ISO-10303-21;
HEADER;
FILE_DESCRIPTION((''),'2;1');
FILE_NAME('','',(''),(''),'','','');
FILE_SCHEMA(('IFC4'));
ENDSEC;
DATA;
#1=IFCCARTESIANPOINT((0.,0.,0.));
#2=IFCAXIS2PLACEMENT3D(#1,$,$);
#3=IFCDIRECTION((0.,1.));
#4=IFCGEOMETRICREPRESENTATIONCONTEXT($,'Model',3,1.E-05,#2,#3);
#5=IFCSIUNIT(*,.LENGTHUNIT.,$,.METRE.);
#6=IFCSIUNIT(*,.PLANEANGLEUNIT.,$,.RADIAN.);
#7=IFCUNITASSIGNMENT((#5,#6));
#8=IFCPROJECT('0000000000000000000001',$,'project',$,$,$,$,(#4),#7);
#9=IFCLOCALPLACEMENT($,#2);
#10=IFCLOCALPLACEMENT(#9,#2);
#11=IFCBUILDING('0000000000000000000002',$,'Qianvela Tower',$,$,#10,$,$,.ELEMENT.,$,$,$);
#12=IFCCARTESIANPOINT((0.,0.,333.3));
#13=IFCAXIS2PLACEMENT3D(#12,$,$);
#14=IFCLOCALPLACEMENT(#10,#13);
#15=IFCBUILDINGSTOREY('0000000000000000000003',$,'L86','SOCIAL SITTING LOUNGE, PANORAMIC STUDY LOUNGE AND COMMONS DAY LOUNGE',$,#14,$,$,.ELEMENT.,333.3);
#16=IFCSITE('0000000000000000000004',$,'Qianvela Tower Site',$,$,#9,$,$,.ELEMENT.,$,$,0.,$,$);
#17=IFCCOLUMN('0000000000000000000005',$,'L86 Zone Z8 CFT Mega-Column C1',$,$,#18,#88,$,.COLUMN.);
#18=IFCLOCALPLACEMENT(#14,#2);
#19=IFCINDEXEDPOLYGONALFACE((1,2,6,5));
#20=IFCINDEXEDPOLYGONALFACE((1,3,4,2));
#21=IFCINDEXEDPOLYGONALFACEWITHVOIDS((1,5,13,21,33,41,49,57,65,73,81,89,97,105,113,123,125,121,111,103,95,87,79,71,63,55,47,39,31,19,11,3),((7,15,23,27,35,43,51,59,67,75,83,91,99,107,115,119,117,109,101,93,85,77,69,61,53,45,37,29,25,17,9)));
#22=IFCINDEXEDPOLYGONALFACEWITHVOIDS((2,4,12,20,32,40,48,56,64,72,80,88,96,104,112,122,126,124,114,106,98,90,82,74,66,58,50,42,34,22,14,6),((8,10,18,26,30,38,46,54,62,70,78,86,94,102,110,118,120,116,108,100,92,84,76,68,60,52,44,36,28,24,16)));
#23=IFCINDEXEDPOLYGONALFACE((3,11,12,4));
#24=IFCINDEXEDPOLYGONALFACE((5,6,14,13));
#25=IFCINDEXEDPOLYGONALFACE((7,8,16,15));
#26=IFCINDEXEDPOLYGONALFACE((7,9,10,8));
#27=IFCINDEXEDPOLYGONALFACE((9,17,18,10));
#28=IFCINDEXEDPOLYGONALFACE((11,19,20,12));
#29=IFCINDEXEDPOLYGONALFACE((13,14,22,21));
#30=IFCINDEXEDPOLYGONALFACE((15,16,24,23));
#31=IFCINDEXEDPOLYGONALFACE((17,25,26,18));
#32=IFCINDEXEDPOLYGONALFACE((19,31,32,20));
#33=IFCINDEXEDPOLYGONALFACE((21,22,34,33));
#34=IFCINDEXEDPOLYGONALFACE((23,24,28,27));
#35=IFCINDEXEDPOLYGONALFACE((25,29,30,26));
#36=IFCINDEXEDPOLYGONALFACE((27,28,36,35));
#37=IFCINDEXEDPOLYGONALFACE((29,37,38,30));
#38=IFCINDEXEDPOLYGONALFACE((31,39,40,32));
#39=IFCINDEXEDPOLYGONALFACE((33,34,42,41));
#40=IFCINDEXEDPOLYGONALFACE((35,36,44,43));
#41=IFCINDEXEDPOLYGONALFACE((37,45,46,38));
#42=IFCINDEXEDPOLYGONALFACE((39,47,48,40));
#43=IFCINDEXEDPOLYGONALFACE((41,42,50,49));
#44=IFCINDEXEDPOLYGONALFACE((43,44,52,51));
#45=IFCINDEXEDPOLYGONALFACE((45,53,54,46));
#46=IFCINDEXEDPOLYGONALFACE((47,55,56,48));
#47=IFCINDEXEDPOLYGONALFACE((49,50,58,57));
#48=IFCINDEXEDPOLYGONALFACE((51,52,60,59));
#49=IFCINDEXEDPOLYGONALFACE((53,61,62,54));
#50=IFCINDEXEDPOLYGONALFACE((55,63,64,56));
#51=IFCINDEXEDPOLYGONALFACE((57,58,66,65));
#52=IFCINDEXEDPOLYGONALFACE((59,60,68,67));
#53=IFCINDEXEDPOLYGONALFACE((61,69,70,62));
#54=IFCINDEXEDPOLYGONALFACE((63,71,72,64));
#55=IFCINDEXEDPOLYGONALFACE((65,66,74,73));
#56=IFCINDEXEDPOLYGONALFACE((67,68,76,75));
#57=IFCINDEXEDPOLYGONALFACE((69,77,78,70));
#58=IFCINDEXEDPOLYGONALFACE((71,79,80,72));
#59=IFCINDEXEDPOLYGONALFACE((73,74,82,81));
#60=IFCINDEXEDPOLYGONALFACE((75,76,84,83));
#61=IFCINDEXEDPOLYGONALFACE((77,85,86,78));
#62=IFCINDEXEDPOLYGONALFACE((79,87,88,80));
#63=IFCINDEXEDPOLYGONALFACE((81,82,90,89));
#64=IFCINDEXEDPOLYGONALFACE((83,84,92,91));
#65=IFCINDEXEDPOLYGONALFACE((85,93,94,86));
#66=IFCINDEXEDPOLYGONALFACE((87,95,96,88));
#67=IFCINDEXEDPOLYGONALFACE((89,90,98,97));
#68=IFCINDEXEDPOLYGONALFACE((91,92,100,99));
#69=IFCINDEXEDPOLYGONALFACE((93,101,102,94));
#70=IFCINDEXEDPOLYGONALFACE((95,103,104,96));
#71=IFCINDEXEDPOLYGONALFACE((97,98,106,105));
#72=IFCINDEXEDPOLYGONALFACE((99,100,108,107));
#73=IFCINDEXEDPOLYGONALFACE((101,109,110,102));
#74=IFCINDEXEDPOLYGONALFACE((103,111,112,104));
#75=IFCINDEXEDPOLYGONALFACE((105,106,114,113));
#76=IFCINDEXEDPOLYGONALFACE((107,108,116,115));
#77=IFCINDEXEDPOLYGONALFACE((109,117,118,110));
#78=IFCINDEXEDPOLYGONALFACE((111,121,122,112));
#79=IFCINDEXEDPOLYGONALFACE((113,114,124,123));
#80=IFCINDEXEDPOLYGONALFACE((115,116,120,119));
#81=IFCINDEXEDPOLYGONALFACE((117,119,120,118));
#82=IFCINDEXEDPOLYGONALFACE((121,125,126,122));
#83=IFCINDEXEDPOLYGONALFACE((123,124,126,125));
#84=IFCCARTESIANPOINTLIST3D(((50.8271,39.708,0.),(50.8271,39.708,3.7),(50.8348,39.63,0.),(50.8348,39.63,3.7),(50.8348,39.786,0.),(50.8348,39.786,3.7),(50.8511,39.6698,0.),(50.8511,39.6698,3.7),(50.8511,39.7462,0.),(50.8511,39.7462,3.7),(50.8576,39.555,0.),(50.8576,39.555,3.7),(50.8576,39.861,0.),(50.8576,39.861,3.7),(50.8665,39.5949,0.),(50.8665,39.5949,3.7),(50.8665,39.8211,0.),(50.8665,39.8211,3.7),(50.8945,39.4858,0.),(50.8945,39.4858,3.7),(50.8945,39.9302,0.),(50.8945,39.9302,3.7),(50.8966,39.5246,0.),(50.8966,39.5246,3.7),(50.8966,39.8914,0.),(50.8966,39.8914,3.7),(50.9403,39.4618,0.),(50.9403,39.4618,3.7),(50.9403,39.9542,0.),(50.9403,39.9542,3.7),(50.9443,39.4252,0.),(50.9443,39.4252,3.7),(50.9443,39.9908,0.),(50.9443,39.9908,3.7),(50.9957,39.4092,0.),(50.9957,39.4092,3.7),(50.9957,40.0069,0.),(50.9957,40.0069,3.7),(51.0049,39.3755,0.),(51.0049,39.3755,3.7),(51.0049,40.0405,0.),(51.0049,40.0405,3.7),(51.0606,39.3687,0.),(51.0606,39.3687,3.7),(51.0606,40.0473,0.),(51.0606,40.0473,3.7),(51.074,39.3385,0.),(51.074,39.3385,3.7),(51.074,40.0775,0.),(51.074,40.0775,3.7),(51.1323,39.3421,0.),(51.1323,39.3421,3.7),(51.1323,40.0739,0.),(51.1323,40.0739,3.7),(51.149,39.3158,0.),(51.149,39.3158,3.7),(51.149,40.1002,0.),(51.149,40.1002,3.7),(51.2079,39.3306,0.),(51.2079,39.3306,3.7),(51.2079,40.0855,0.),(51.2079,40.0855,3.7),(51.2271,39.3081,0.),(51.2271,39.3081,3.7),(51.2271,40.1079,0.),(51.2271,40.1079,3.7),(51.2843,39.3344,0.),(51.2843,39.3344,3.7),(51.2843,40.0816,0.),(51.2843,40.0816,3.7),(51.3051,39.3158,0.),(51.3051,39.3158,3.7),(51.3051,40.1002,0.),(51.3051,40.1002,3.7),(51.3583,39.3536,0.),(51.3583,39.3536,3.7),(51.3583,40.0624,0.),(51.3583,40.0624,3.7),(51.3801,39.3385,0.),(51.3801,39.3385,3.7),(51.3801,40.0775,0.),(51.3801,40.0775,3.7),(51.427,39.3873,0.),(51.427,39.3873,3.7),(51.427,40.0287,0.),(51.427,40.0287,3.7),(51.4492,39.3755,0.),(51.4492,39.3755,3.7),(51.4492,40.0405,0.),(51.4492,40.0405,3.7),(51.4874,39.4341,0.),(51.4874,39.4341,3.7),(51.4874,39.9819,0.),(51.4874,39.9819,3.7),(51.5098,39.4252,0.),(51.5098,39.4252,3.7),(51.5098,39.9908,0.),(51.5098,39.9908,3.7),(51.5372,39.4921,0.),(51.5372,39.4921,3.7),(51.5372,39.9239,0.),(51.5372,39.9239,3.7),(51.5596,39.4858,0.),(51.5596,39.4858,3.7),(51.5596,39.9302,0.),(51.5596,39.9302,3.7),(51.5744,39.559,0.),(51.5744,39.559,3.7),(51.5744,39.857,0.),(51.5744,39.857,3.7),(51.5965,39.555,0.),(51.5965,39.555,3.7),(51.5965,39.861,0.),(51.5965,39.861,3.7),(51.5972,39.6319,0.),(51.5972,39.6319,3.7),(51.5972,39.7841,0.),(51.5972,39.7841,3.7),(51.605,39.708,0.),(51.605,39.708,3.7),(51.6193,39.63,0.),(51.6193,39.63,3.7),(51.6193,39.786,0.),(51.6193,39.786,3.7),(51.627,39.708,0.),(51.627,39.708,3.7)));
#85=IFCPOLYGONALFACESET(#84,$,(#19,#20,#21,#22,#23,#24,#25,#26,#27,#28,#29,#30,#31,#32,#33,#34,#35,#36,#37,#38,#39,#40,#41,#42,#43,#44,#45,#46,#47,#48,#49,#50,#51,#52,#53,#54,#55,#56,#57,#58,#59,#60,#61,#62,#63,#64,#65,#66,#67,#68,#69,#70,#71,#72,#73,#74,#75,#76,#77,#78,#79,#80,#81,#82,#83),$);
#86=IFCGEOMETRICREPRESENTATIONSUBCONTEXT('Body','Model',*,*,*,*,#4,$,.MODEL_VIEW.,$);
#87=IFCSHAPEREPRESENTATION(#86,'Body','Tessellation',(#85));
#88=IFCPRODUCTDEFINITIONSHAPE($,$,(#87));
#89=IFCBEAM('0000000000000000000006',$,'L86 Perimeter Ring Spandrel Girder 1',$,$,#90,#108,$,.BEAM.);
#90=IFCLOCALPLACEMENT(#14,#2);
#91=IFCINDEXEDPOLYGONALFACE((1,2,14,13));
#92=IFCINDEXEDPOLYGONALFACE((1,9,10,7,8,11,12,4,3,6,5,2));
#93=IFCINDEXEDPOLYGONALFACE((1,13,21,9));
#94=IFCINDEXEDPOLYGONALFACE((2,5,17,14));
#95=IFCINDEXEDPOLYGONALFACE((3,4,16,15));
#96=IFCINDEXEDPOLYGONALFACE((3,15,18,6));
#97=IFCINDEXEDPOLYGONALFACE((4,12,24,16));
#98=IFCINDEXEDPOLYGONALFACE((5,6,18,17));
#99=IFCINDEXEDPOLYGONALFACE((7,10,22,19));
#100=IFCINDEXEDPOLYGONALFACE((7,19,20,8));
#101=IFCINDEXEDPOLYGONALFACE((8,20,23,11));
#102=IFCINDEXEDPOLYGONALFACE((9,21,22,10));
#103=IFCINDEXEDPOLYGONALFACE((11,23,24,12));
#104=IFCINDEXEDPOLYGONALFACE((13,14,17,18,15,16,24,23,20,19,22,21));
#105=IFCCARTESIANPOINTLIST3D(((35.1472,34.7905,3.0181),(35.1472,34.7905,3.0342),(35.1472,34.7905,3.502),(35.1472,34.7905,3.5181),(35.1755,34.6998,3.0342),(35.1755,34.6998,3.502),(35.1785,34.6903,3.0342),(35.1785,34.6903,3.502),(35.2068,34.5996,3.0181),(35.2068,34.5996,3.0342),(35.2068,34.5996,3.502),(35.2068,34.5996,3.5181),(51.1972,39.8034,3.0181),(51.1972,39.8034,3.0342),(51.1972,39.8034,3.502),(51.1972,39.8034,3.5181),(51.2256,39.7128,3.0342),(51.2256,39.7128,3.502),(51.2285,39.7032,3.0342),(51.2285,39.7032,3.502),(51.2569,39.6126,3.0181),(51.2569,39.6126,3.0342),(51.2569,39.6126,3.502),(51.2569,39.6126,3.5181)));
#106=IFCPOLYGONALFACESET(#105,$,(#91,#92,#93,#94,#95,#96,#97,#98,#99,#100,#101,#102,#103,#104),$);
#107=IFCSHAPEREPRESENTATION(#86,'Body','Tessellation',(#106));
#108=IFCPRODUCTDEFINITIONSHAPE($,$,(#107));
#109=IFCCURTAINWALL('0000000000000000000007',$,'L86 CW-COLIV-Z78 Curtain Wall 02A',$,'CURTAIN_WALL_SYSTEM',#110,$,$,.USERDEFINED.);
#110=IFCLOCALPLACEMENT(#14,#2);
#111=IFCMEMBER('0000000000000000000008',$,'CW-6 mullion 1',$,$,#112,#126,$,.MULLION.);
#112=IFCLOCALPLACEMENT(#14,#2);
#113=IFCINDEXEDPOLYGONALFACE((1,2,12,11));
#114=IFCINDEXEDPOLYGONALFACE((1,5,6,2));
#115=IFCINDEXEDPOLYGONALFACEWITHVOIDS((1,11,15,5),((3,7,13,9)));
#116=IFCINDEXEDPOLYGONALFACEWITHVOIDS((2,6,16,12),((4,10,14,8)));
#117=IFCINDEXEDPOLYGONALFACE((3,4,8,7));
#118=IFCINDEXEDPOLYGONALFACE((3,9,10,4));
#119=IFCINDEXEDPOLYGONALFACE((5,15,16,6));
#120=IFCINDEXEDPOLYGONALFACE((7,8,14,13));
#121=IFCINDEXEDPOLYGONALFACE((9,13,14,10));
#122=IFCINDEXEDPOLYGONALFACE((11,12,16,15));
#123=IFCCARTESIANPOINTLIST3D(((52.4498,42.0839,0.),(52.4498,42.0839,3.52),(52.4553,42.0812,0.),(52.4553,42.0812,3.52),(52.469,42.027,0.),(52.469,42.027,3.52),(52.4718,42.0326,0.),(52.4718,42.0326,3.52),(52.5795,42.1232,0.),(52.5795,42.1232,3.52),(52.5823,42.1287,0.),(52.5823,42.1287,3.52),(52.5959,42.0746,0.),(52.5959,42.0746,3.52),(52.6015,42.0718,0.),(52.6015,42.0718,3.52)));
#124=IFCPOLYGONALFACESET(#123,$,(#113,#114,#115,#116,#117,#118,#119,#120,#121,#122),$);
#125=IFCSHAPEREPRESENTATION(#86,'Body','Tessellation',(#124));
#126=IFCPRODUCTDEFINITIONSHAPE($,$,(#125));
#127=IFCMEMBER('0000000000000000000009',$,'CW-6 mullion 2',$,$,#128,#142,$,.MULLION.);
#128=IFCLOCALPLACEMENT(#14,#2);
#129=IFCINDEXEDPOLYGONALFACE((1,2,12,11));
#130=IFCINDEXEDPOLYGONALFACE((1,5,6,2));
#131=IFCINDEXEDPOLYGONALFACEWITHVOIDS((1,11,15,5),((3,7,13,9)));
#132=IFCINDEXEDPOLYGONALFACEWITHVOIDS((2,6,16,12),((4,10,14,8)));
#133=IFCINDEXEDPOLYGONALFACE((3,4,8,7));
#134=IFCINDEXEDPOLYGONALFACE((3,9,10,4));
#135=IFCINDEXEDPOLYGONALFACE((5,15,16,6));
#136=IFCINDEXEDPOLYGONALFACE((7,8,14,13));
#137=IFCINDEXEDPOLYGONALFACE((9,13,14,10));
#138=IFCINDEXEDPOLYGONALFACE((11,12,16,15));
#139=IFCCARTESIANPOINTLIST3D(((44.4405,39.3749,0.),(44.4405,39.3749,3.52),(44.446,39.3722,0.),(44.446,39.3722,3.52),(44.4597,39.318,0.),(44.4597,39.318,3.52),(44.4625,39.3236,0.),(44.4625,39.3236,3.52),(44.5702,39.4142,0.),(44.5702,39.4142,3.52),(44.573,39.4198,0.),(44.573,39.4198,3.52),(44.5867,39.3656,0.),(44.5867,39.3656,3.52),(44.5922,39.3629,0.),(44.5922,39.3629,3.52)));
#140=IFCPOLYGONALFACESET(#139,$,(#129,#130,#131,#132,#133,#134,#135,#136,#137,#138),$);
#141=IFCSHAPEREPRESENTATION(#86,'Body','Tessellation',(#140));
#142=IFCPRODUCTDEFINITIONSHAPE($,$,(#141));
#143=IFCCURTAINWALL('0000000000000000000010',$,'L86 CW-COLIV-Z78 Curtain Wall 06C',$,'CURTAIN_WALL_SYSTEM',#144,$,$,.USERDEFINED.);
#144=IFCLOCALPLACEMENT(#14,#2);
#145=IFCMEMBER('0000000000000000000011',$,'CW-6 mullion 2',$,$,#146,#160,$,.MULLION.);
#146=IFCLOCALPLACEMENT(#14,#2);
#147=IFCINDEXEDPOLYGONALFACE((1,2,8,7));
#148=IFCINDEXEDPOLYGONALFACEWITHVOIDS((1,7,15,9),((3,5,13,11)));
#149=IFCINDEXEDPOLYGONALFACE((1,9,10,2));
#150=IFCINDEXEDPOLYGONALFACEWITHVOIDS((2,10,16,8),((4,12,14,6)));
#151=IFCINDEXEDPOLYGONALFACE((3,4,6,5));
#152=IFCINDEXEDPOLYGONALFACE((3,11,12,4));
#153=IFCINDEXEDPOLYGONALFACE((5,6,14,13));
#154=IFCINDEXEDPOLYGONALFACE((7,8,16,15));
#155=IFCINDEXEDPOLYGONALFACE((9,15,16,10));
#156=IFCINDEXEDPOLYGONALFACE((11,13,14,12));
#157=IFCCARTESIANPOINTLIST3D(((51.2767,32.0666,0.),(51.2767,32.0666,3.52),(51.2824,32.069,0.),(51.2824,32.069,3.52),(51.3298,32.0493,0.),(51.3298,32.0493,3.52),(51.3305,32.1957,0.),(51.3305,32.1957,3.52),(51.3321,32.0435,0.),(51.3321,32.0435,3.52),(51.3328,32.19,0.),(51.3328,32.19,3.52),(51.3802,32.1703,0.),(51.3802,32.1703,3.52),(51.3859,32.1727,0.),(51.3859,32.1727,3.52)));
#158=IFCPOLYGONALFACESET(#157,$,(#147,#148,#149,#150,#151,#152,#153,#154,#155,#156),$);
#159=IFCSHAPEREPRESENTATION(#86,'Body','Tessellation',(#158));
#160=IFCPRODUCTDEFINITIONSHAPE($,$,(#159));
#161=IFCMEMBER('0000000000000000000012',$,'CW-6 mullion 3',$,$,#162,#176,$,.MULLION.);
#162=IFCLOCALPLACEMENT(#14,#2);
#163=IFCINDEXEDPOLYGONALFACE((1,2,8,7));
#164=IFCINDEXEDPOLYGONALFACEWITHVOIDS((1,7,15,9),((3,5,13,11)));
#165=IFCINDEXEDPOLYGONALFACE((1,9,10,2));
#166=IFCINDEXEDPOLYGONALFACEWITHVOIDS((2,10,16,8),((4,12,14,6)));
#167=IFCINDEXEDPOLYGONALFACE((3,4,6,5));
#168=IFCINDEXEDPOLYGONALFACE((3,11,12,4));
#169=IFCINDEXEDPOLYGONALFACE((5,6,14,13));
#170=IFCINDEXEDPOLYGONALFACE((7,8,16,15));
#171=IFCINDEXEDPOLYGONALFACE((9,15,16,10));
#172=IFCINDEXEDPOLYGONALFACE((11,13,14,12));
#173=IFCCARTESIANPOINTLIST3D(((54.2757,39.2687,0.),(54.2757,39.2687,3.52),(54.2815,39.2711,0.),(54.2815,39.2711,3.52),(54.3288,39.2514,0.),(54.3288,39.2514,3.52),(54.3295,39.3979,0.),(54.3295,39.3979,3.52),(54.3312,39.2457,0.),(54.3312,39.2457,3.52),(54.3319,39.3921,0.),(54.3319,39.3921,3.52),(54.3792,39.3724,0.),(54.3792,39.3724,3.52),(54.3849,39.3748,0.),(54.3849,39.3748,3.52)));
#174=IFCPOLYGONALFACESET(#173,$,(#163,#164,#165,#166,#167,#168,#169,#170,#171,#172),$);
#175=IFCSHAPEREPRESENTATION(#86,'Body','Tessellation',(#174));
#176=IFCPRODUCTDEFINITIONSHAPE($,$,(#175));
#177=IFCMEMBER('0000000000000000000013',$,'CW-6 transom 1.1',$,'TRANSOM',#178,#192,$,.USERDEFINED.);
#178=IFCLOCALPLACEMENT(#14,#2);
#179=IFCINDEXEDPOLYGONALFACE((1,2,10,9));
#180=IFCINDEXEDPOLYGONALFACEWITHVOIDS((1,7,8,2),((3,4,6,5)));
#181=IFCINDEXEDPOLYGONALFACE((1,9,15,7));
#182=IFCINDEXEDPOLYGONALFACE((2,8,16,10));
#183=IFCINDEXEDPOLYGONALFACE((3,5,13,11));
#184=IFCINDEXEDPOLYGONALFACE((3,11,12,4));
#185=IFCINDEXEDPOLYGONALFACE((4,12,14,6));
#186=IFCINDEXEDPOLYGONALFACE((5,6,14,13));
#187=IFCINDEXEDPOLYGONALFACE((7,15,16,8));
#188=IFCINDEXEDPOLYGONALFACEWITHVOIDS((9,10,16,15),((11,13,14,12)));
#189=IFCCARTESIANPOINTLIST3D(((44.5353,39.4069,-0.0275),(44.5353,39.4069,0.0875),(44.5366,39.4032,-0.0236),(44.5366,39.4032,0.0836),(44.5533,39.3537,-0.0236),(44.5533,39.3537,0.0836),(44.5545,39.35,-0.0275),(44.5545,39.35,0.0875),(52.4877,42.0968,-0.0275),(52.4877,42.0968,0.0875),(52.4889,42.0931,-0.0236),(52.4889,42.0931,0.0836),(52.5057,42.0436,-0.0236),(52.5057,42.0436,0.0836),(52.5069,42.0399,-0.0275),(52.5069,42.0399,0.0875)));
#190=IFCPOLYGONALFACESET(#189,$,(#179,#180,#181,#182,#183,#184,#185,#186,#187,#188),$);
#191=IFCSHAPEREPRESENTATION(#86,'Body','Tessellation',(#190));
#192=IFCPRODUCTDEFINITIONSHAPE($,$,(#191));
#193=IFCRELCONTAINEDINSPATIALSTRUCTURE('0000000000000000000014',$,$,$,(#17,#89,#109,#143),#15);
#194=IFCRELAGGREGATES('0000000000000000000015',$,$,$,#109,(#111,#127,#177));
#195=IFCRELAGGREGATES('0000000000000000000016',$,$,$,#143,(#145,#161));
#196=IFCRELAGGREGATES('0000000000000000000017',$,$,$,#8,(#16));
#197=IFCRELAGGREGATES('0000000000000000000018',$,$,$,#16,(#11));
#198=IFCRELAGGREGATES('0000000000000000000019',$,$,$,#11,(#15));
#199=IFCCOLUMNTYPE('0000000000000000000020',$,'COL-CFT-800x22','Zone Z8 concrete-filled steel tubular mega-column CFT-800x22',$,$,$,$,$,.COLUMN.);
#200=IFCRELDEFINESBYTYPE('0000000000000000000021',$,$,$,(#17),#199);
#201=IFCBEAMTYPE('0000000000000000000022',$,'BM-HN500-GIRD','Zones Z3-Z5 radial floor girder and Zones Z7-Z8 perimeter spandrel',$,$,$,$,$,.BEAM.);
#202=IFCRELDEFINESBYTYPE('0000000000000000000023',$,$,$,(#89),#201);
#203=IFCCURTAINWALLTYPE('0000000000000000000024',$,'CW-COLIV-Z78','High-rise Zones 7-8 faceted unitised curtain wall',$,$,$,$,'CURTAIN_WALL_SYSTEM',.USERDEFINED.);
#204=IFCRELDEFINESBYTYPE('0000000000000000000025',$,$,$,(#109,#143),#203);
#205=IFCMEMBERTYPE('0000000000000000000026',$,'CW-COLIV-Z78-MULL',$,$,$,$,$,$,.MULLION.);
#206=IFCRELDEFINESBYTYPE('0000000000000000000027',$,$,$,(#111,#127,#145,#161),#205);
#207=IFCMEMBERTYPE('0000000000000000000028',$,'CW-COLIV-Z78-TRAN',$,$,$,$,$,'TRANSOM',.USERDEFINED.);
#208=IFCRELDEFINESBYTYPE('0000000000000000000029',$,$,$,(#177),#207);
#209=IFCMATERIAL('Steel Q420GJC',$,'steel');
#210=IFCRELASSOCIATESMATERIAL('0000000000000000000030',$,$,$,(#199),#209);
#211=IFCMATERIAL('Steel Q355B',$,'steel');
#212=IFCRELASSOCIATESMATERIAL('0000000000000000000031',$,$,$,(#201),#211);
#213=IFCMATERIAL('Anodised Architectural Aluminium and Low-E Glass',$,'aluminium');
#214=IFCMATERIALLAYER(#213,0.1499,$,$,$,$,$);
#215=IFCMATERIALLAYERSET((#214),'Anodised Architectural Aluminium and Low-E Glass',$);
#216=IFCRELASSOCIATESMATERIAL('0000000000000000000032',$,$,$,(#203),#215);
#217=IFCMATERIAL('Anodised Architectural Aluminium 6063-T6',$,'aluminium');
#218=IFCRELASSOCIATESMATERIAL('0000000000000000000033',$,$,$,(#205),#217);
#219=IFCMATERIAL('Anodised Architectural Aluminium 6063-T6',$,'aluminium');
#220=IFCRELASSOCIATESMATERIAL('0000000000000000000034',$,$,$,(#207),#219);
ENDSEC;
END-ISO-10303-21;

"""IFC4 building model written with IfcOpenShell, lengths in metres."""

from ifc_helpers import new_model, si_unit, direction, frame, origin, origin_2d, place, context, subcontext, project, spatial, hollow_rectangle, hollow_circle, i_section, extrude, material, layer, layer_set, material_profile, profile_set, type_object, element, aggregate, save


model = new_model("IFC4")

# Units and contexts
model_context = context("Model", 3, precision=1e-05, world=origin(), true_north=direction((0.0, 1.0)))
body_context = subcontext(model_context, "Body", "Model", "MODEL_VIEW")
ifc_project = project(units=[si_unit("LENGTHUNIT", "METRE"), si_unit("PLANEANGLEUNIT", "RADIAN")], contexts=[model_context])

# Site, building, storey
site_placement = place(None, origin())
site = spatial("IfcSite", under=ifc_project, at=site_placement, Name="Qianvela Tower Site", CompositionType="ELEMENT", RefElevation=0.0)
building_placement = place(site_placement, origin())
building = spatial("IfcBuilding", under=site, at=building_placement, Name="Qianvela Tower", CompositionType="ELEMENT")
storey_placement = place(building_placement, frame((0.0, 0.0, 333.3)))
storey = spatial("IfcBuildingStorey", under=building, at=storey_placement, Name="L86", Description="SOCIAL SITTING LOUNGE, PANORAMIC STUDY LOUNGE AND COMMONS DAY LOUNGE", CompositionType="ELEMENT", Elevation=333.3)

# Column
ifc_material_1 = material(Name="Steel Q420GJC", Category="steel")
ifc_material_profile_1 = material_profile(ifc_material_1, hollow_circle(Radius=0.3999, WallThickness=0.022, at=origin_2d()), Name="CFT-800x22")
ifc_profile_set_1 = profile_set([ifc_material_profile_1], Name="Steel Q420GJC")
column_type = type_object("IfcColumnType", Name="COL-CFT-800x22", Description="Zone Z8 concrete-filled steel tubular mega-column CFT-800x22", PredefinedType="COLUMN", material=ifc_profile_set_1)
column_placement = place(storey_placement, frame((51.2271, 39.708, 0.0), z_axis=(0.0, 0.0, 1.0), x_axis=(1.0, 0.0, 0.0)))
element("IfcColumn", 1, at=column_placement, inside=storey, type_object=column_type, Name="L86 Zone Z8 CFT Mega-Column C1", PredefinedType="COLUMN", context=body_context, shape_type="SweptSolid", body=[
    extrude(hollow_circle(Radius=0.3999, WallThickness=0.022, at=origin_2d()), origin(), (0.0, 0.0, 1.0), 3.7),
])

# Beam
ifc_material_2 = material(Name="Steel Q355B", Category="steel")
ifc_material_profile_2 = material_profile(ifc_material_2, i_section(OverallWidth=0.2, OverallDepth=0.5, WebThickness=0.01, FlangeThickness=0.0161, at=origin_2d()), Name="HN500x200x10x16")
ifc_profile_set_2 = profile_set([ifc_material_profile_2], Name="Steel Q355B")
beam_type = type_object("IfcBeamType", Name="BM-HN500-GIRD", Description="Zones Z3-Z5 radial floor girder and Zones Z7-Z8 perimeter spandrel", PredefinedType="BEAM", material=ifc_profile_set_2)
beam_placement = place(storey_placement, frame((51.2271, 39.708, 3.2681), z_axis=(-0.954526, -0.298129, 0.0), x_axis=(0.298129, -0.954526, 0.0)))
element("IfcBeam", 2, at=beam_placement, inside=storey, type_object=beam_type, Name="L86 Perimeter Ring Spandrel Girder 1", PredefinedType="BEAM", context=body_context, shape_type="SweptSolid", body=[
    extrude(i_section(OverallWidth=0.2, OverallDepth=0.5, WebThickness=0.01, FlangeThickness=0.0161, at=origin_2d()), origin(), (0.0, 0.0, 1.0), 16.8147),
])

# Curtain walls, members
ifc_material_3 = material(Name="Anodised Architectural Aluminium and Low-E Glass", Category="aluminium")
ifc_layer_1 = layer(ifc_material_3, 0.1499)
ifc_layer_set_1 = layer_set([ifc_layer_1], Name="Anodised Architectural Aluminium and Low-E Glass")
curtain_wall_type = type_object("IfcCurtainWallType", Name="CW-COLIV-Z78", Description="High-rise Zones 7-8 faceted unitised curtain wall", ElementType="CURTAIN_WALL_SYSTEM", PredefinedType="USERDEFINED", material=ifc_layer_set_1)
curtain_wall_1_placement = place(storey_placement, origin())
curtain_wall_1 = element("IfcCurtainWall", 3, at=curtain_wall_1_placement, inside=storey, type_object=curtain_wall_type, Name="L86 CW-COLIV-Z78 Curtain Wall 02A", ObjectType="CURTAIN_WALL_SYSTEM", PredefinedType="USERDEFINED")
ifc_material_4 = material(Name="Anodised Architectural Aluminium 6063-T6", Category="aluminium")
ifc_material_profile_3 = material_profile(ifc_material_4, hollow_rectangle(XDim=0.0601, YDim=0.1399, WallThickness=0.0044, at=origin_2d()), Name="ALU-MULL-60x140")
ifc_profile_set_3 = profile_set([ifc_material_profile_3], Name="Anodised Architectural Aluminium 6063-T6")
member_type_1 = type_object("IfcMemberType", Name="CW-COLIV-Z78-MULL", PredefinedType="MULLION", material=ifc_profile_set_3)
member_1_placement = place(storey_placement, frame((52.5256, 42.0779, 0.0), z_axis=(0.0, 0.0, 1.0), x_axis=(0.3204, -0.947282, 0.0)))
member_1 = element("IfcMember", 4, at=member_1_placement, type_object=member_type_1, Name="CW-6 mullion 1", PredefinedType="MULLION", context=body_context, shape_type="SweptSolid", body=[
    extrude(hollow_rectangle(XDim=0.0601, YDim=0.1399, WallThickness=0.0044, at=origin_2d()), origin(), (0.0, 0.0, 1.0), 3.52),
])
member_2_placement = place(storey_placement, frame((44.5164, 39.3689, 0.0), z_axis=(0.0, 0.0, 1.0), x_axis=(0.3204, -0.947282, 0.0)))
member_2 = element("IfcMember", 5, at=member_2_placement, type_object=member_type_1, Name="CW-6 mullion 2", PredefinedType="MULLION", context=body_context, shape_type="SweptSolid", body=[
    extrude(hollow_rectangle(XDim=0.0601, YDim=0.1399, WallThickness=0.0044, at=origin_2d()), origin(), (0.0, 0.0, 1.0), 3.52),
])
curtain_wall_2_placement = place(storey_placement, origin())
curtain_wall_2 = element("IfcCurtainWall", 6, at=curtain_wall_2_placement, inside=storey, type_object=curtain_wall_type, Name="L86 CW-COLIV-Z78 Curtain Wall 06C", ObjectType="CURTAIN_WALL_SYSTEM", PredefinedType="USERDEFINED")
member_3_placement = place(storey_placement, frame((51.3313, 32.1196, 0.0), z_axis=(0.0, 0.0, 1.0), x_axis=(-0.923161, 0.384415, 0.0)))
member_3 = element("IfcMember", 7, at=member_3_placement, type_object=member_type_1, Name="CW-6 mullion 2", PredefinedType="MULLION", context=body_context, shape_type="SweptSolid", body=[
    extrude(hollow_rectangle(XDim=0.0601, YDim=0.1399, WallThickness=0.0044, at=origin_2d()), origin(), (0.0, 0.0, 1.0), 3.52),
])
member_4_placement = place(storey_placement, frame((54.3303, 39.3218, 0.0), z_axis=(0.0, 0.0, 1.0), x_axis=(-0.923161, 0.384415, 0.0)))
member_4 = element("IfcMember", 8, at=member_4_placement, type_object=member_type_1, Name="CW-6 mullion 3", PredefinedType="MULLION", context=body_context, shape_type="SweptSolid", body=[
    extrude(hollow_rectangle(XDim=0.0601, YDim=0.1399, WallThickness=0.0044, at=origin_2d()), origin(), (0.0, 0.0, 1.0), 3.52),
])

# Member
ifc_material_5 = material(Name="Anodised Architectural Aluminium 6063-T6", Category="aluminium")
ifc_material_profile_4 = material_profile(ifc_material_5, hollow_rectangle(XDim=0.0601, YDim=0.115, WallThickness=0.0039, at=origin_2d()), Name="ALU-TRAN-60x115")
ifc_profile_set_4 = profile_set([ifc_material_profile_4], Name="Anodised Architectural Aluminium 6063-T6")
member_type_2 = type_object("IfcMemberType", Name="CW-COLIV-Z78-TRAN", ElementType="TRANSOM", PredefinedType="USERDEFINED", material=ifc_profile_set_4)
member_5_placement = place(storey_placement, frame((52.4973, 42.0684, 0.03), z_axis=(-0.947275, -0.320421, 0.0), x_axis=(0.320421, -0.947275, 0.0)))
member_5 = element("IfcMember", 9, at=member_5_placement, type_object=member_type_2, Name="CW-6 transom 1.1", ObjectType="TRANSOM", PredefinedType="USERDEFINED", context=body_context, shape_type="SweptSolid", body=[
    extrude(hollow_rectangle(XDim=0.0601, YDim=0.115, WallThickness=0.0039, at=origin_2d()), origin(), (0.0, 0.0, 1.0), 8.395),
])

aggregate(curtain_wall_1, [member_1, member_2, member_5])
aggregate(curtain_wall_2, [member_3, member_4])

save(model, "model.ifc")
